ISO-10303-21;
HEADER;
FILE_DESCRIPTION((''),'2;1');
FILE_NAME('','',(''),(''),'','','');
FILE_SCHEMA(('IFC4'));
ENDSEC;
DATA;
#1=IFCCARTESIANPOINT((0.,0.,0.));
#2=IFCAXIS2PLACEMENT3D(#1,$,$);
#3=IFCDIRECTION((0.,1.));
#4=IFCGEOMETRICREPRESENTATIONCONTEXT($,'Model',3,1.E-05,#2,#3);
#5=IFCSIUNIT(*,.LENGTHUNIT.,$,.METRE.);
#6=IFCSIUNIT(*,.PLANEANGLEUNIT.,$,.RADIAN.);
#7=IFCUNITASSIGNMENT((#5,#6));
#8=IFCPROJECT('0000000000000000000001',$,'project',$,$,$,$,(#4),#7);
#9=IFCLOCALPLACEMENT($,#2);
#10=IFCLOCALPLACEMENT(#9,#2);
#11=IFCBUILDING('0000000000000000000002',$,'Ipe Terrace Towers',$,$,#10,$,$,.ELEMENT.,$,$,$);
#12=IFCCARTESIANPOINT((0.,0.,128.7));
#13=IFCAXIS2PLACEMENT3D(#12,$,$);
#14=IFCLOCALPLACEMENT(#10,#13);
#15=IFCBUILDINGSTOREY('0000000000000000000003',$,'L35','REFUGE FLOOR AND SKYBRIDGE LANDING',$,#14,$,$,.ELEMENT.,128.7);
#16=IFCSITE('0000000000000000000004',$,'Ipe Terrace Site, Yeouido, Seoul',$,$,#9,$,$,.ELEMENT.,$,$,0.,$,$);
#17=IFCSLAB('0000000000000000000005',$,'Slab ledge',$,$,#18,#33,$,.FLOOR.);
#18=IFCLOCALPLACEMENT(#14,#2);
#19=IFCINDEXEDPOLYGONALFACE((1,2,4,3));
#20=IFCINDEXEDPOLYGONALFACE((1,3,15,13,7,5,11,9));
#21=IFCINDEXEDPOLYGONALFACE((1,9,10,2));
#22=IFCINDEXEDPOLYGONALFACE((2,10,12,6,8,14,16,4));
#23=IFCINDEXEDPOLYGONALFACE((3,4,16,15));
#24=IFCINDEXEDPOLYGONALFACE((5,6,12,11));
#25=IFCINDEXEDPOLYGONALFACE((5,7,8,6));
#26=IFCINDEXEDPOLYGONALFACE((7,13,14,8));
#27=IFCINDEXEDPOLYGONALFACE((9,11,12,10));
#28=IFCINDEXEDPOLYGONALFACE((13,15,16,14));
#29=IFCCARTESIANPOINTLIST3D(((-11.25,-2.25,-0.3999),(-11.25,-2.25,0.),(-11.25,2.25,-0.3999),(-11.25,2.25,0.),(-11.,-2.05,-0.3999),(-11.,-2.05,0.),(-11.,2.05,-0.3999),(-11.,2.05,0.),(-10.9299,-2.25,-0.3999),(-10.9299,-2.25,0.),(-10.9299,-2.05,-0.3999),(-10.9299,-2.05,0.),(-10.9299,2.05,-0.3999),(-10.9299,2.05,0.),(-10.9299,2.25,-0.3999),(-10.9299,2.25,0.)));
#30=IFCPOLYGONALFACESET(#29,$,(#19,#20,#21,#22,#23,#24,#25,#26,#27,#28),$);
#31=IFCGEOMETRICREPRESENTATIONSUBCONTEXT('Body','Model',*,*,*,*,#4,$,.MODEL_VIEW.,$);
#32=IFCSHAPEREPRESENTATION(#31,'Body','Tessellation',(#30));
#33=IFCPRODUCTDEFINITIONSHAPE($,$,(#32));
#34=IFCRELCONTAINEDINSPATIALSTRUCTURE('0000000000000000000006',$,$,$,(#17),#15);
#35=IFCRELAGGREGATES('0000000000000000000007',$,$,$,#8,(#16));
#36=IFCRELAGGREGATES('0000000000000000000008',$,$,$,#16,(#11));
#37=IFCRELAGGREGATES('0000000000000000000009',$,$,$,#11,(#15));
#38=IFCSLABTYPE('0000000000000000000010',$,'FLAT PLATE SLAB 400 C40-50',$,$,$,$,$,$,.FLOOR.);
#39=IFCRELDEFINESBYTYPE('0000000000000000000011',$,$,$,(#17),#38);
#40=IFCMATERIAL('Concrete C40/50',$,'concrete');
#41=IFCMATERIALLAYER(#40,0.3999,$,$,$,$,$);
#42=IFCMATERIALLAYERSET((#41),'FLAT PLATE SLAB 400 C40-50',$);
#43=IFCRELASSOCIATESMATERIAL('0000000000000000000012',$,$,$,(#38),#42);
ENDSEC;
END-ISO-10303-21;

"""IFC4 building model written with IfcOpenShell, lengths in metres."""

from ifc_helpers import new_model, si_unit, direction, frame, origin, place, context, subcontext, project, spatial, polyline, outline, extrude, material, layer, layer_set, type_object, element, save


model = new_model("IFC4")

# Units and contexts
model_context = context("Model", 3, precision=1e-05, world=origin(), true_north=direction((0.0, 1.0)))
body_context = subcontext(model_context, "Body", "Model", "MODEL_VIEW")
ifc_project = project(units=[si_unit("LENGTHUNIT", "METRE"), si_unit("PLANEANGLEUNIT", "RADIAN")], contexts=[model_context])

# Site, building, storey
site_placement = place(None, origin())
site = spatial("IfcSite", under=ifc_project, at=site_placement, Name="Ipe Terrace Site, Yeouido, Seoul", CompositionType="ELEMENT", RefElevation=0.0)
building_placement = place(site_placement, origin())
building = spatial("IfcBuilding", under=site, at=building_placement, Name="Ipe Terrace Towers", CompositionType="ELEMENT")
storey_placement = place(building_placement, frame((0.0, 0.0, 128.7)))
storey = spatial("IfcBuildingStorey", under=building, at=storey_placement, Name="L35", Description="REFUGE FLOOR AND SKYBRIDGE LANDING", CompositionType="ELEMENT", Elevation=128.7)

# Slab
ifc_material_1 = material(Name="Concrete C40/50", Category="concrete")
ifc_layer_1 = layer(ifc_material_1, 0.3999)
ifc_layer_set_1 = layer_set([ifc_layer_1], Name="FLAT PLATE SLAB 400 C40-50")
slab_type_1 = type_object("IfcSlabType", Name="FLAT PLATE SLAB 400 C40-50", PredefinedType="FLOOR", material=ifc_layer_set_1)
slab_1_placement = place(storey_placement, frame((0.0, 0.0, -0.3999)))
element("IfcSlab", 1, at=slab_1_placement, inside=storey, type_object=slab_type_1, Name="Slab ledge", PredefinedType="FLOOR", context=body_context, shape_type="SweptSolid", body=[
    extrude(outline(polyline([(-11.25, 2.25), (-10.9299, 2.25), (-10.9299, 2.05), (-11.0, 2.05), (-11.0, -2.05), (-10.9299, -2.05), (-10.9299, -2.25), (-11.25, -2.25), (-11.25, 2.25)])), origin(), (0.0, 0.0, 1.0), 0.3999),
])

save(model, "model.ifc")
